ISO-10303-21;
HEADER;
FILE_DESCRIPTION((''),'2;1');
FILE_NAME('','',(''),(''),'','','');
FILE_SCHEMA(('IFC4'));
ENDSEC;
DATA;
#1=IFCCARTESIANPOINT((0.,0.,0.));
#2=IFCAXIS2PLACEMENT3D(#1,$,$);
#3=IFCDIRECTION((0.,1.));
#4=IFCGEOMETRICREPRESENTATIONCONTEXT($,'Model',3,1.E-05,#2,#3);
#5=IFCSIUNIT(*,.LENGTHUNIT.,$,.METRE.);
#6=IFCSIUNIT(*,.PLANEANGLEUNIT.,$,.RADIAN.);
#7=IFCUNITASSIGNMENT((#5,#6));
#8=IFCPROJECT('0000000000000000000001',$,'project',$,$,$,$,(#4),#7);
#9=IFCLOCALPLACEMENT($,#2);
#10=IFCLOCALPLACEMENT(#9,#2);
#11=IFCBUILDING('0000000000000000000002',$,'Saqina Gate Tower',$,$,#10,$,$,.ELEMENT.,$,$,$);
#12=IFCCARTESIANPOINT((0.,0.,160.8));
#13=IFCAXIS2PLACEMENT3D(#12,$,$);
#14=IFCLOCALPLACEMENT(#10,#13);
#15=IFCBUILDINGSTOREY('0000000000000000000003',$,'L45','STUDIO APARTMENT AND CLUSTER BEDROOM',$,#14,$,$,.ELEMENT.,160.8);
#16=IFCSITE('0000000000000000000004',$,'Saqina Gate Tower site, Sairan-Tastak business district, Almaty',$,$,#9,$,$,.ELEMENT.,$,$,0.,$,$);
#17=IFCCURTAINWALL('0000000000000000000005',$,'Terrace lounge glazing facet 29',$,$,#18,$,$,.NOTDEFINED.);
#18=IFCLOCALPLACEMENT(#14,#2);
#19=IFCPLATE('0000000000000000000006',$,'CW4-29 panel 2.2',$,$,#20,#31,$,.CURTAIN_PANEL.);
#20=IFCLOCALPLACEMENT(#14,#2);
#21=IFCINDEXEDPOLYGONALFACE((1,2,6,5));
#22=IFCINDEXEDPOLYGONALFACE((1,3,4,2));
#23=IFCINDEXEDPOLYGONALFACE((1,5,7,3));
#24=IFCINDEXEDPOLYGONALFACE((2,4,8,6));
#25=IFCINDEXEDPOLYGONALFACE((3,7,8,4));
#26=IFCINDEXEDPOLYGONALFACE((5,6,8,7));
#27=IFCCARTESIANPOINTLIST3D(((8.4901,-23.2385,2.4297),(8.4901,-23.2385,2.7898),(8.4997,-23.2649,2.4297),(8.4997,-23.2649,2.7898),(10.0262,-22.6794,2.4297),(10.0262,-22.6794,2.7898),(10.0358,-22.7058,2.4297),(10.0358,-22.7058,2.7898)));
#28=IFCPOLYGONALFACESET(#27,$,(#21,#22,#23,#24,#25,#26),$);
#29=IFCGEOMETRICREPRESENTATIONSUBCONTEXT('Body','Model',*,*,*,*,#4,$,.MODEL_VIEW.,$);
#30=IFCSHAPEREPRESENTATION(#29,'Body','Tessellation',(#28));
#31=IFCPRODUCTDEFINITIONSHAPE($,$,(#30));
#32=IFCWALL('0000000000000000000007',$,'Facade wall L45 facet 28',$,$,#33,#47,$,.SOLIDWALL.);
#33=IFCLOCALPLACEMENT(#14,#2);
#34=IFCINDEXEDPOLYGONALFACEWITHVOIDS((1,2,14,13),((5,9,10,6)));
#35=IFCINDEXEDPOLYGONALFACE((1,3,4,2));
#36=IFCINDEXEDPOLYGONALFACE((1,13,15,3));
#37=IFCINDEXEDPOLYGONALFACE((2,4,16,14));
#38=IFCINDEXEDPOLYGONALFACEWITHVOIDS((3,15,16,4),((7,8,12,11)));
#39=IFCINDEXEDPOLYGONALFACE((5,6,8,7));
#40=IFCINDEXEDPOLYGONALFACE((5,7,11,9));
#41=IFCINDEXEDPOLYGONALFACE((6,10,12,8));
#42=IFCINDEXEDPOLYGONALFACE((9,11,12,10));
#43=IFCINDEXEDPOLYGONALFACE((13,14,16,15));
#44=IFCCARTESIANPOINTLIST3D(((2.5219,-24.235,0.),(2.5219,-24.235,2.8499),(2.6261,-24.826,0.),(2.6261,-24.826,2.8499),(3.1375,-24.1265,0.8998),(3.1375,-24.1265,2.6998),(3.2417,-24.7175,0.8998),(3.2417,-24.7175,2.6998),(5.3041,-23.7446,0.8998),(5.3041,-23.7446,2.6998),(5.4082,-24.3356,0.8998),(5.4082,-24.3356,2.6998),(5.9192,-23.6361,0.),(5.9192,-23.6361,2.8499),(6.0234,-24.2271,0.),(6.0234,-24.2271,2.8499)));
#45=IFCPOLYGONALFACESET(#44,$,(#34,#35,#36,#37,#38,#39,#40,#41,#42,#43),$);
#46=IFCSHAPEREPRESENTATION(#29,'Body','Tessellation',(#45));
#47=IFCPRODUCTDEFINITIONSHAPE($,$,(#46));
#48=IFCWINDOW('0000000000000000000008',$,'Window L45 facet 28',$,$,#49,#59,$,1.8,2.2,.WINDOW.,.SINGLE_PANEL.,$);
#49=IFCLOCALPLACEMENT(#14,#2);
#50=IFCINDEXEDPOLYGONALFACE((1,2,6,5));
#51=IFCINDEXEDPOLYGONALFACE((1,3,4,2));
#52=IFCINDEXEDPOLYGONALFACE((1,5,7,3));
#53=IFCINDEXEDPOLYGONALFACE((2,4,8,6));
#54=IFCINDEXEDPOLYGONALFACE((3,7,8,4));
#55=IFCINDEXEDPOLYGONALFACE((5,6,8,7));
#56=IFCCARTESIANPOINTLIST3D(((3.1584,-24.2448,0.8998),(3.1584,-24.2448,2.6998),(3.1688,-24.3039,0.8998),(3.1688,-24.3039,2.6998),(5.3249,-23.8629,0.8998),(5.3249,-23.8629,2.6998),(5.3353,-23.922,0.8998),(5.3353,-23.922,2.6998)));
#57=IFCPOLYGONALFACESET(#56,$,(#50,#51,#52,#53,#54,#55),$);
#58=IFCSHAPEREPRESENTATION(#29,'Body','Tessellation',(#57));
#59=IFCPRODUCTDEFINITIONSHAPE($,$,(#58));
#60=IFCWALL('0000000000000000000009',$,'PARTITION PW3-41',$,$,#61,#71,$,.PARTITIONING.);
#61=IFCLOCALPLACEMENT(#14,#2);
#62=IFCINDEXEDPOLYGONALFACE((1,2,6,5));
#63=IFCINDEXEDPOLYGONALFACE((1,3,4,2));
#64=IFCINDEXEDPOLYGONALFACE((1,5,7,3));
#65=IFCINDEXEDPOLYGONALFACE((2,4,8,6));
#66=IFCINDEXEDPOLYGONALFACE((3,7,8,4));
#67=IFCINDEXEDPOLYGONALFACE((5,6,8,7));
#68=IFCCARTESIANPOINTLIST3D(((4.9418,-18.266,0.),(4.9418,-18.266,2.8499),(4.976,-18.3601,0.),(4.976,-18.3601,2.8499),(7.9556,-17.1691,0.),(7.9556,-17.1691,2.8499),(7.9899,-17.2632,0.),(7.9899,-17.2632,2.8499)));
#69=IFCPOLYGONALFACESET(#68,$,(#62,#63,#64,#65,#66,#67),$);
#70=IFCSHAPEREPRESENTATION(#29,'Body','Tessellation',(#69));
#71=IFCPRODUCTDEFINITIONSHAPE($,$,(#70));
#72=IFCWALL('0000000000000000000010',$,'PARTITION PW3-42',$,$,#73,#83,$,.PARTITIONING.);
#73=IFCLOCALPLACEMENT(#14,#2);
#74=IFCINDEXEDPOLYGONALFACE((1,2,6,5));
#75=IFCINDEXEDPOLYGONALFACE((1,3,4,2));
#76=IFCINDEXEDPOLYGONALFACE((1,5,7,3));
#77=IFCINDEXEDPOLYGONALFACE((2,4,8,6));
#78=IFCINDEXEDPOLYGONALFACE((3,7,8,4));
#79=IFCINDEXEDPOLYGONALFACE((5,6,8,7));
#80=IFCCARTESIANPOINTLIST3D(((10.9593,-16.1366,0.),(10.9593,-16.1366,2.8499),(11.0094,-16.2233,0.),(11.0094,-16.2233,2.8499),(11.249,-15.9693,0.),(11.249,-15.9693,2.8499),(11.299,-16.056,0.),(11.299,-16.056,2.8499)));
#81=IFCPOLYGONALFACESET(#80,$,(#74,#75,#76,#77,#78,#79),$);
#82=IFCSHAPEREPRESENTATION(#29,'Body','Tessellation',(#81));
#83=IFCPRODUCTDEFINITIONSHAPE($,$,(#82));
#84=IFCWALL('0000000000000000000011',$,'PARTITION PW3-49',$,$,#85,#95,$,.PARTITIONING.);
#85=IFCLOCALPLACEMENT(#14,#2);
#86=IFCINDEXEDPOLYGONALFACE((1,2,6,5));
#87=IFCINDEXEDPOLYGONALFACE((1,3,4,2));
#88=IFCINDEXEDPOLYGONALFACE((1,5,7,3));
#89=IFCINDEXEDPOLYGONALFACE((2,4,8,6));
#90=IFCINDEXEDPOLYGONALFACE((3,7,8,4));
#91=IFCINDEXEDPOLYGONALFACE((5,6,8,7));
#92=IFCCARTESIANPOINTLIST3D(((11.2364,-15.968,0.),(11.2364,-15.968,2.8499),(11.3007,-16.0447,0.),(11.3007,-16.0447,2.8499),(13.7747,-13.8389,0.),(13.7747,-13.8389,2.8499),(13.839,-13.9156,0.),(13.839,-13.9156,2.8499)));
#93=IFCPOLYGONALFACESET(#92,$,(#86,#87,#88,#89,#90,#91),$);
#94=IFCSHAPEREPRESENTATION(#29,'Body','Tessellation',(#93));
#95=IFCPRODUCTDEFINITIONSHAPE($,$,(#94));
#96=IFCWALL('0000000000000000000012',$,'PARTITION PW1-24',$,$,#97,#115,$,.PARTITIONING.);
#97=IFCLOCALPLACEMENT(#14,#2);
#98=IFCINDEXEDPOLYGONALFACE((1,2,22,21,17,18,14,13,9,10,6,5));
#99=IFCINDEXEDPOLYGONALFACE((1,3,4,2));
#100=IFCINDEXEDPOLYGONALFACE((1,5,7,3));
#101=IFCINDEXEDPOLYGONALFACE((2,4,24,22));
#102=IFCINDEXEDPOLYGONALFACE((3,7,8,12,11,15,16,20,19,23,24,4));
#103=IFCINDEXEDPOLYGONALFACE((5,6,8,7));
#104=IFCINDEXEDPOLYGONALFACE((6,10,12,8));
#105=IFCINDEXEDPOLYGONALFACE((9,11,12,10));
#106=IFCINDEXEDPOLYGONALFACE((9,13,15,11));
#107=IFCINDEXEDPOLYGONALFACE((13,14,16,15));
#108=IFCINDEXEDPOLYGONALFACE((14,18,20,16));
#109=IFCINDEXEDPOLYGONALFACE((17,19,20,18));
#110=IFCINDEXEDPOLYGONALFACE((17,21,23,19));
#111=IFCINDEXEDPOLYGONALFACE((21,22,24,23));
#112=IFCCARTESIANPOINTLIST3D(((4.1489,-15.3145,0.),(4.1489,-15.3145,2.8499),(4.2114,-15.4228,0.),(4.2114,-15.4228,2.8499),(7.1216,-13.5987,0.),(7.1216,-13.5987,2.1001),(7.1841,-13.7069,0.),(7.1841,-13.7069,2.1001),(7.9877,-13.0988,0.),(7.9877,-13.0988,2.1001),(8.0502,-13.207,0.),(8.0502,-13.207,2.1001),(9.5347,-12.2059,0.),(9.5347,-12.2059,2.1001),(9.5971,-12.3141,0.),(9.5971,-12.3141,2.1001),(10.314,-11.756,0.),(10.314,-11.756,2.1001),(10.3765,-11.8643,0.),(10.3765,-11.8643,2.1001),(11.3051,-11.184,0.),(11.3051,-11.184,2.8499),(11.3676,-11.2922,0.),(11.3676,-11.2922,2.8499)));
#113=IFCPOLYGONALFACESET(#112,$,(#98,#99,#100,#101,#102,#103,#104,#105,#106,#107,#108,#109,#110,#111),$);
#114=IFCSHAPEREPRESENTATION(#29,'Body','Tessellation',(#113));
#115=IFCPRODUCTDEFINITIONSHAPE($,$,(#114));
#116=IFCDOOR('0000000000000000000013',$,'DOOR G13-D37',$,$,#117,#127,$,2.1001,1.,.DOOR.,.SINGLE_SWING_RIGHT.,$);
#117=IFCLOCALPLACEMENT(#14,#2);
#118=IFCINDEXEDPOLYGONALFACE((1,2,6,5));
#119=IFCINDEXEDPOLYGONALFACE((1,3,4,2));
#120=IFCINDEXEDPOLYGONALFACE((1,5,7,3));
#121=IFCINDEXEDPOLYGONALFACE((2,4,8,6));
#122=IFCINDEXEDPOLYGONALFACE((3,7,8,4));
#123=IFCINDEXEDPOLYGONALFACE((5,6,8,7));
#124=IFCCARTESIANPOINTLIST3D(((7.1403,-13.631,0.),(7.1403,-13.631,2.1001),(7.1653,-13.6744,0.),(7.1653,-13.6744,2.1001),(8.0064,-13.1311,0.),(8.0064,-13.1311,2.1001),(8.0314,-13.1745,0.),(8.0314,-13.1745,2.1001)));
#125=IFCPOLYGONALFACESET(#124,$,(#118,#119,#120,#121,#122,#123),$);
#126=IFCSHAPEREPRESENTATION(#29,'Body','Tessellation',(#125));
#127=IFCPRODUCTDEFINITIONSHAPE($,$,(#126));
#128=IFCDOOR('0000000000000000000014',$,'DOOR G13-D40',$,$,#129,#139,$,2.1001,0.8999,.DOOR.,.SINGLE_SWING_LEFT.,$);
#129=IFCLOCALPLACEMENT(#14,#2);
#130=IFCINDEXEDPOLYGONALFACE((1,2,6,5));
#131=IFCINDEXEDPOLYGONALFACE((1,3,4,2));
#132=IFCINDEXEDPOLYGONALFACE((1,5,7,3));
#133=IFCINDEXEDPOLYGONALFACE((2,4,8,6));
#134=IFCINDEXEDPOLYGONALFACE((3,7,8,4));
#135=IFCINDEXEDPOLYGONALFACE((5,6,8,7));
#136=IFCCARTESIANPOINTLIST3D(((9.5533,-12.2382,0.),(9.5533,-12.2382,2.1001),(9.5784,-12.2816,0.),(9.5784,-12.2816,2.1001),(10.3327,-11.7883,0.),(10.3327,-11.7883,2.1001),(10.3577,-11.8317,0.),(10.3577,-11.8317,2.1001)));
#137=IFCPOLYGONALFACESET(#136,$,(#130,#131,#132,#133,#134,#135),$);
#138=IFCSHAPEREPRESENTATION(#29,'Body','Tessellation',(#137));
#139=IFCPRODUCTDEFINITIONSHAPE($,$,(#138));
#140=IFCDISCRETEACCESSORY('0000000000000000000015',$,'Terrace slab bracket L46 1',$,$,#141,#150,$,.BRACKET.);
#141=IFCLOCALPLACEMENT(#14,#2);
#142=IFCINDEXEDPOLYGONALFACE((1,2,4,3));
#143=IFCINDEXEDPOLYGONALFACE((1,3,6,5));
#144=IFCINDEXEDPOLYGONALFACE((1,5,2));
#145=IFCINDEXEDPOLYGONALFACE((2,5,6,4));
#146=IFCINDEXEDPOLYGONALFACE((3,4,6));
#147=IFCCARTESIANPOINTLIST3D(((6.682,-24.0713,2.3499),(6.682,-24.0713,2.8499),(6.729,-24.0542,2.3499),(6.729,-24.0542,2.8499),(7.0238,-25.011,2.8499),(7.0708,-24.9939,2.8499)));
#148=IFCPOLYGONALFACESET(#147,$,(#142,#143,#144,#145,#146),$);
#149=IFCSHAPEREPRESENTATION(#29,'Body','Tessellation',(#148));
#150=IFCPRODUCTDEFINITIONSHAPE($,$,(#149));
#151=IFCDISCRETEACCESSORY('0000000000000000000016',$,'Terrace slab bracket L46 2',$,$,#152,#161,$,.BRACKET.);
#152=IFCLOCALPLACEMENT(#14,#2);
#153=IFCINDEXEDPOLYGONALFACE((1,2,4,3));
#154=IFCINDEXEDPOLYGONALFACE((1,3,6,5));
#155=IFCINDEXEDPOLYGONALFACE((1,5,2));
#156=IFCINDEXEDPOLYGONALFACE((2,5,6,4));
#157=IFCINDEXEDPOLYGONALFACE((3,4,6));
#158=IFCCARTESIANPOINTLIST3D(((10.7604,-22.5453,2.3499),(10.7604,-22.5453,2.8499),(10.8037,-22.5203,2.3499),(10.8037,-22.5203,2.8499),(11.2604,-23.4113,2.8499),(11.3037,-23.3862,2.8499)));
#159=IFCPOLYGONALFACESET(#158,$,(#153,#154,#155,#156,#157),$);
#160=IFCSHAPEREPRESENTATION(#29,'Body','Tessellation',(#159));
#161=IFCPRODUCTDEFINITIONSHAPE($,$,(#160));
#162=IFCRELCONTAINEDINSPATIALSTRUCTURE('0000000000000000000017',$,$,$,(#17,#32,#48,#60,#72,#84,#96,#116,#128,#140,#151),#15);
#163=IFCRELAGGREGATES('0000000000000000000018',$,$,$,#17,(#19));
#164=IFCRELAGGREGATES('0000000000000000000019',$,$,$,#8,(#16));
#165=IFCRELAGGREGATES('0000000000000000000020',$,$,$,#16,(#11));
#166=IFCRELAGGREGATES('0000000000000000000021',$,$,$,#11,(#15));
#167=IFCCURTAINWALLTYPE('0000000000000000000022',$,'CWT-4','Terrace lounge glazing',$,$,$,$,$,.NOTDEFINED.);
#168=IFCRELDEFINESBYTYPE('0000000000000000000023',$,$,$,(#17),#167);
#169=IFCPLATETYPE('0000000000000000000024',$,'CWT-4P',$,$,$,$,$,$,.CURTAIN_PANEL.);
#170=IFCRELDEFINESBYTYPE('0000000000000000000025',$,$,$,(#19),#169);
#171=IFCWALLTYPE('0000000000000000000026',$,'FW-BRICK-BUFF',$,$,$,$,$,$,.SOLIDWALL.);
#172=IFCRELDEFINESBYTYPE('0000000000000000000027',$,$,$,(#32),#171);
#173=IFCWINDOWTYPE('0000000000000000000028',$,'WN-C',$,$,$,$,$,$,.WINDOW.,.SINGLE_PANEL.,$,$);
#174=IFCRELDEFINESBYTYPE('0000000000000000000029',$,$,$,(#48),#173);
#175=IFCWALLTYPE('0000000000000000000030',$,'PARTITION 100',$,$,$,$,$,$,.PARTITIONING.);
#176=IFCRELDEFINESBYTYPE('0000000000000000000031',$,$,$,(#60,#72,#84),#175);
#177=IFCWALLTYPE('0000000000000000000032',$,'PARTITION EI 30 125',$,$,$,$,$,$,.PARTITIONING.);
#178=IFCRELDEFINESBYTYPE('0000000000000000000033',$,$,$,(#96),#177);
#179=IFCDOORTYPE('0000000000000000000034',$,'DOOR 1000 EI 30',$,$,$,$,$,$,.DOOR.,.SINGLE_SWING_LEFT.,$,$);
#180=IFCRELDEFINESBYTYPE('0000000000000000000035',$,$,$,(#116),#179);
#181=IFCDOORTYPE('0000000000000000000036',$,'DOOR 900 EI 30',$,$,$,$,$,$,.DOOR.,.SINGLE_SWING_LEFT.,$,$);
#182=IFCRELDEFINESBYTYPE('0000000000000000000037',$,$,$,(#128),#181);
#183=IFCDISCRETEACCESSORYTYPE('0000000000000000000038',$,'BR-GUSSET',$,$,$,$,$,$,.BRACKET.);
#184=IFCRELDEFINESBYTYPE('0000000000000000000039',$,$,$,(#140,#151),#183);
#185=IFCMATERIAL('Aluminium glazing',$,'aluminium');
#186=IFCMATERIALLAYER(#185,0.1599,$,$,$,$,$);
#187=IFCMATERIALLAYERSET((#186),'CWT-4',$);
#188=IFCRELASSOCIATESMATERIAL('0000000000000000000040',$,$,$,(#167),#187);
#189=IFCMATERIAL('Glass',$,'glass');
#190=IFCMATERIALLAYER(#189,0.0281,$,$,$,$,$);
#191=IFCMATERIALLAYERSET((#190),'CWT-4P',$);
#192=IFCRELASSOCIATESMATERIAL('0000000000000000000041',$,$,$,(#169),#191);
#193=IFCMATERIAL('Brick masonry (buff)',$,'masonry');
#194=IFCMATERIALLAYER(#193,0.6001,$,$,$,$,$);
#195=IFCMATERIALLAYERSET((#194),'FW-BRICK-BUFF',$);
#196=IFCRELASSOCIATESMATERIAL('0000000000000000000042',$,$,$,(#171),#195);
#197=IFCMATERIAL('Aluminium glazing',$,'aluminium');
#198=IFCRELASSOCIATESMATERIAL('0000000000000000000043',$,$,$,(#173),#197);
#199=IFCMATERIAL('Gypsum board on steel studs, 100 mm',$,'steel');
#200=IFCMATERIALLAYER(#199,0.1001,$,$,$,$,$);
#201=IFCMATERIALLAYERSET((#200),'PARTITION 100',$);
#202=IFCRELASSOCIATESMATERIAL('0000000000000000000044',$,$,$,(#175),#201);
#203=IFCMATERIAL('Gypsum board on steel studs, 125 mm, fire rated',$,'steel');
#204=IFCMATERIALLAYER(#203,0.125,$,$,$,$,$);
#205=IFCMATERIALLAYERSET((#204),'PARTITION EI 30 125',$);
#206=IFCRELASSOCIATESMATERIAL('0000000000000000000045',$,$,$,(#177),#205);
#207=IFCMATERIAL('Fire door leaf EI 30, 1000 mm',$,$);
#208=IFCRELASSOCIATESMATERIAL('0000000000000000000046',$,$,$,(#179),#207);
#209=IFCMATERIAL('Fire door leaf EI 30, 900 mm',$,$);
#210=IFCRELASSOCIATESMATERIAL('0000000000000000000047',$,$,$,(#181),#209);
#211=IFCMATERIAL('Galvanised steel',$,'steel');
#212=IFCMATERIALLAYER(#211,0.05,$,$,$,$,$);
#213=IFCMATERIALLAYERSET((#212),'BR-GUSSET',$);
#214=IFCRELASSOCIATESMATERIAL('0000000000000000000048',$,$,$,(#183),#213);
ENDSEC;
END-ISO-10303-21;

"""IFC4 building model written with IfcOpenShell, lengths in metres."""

from ifc_helpers import new_model, si_unit, direction, frame, frame_2d, origin, origin_2d, place, context, subcontext, project, spatial, polyline, rectangle, outline, extrude, material, layer, layer_set, type_object, element, fill, aggregate, save


model = new_model("IFC4")

# Units and contexts
model_context = context("Model", 3, precision=1e-05, world=origin(), true_north=direction((0.0, 1.0)))
body_context = subcontext(model_context, "Body", "Model", "MODEL_VIEW")
ifc_project = project(units=[si_unit("LENGTHUNIT", "METRE"), si_unit("PLANEANGLEUNIT", "RADIAN")], contexts=[model_context])

# Site, building, storey
site_placement = place(None, origin())
site = spatial("IfcSite", under=ifc_project, at=site_placement, Name="Saqina Gate Tower site, Sairan-Tastak business district, Almaty", CompositionType="ELEMENT", RefElevation=0.0)
building_placement = place(site_placement, origin())
building = spatial("IfcBuilding", under=site, at=building_placement, Name="Saqina Gate Tower", CompositionType="ELEMENT")
storey_placement = place(building_placement, frame((0.0, 0.0, 160.8)))
storey = spatial("IfcBuildingStorey", under=building, at=storey_placement, Name="L45", Description="STUDIO APARTMENT AND CLUSTER BEDROOM", CompositionType="ELEMENT", Elevation=160.8)

# Curtain wall, plate
ifc_material_1 = material(Name="Aluminium glazing", Category="aluminium")
ifc_layer_1 = layer(ifc_material_1, 0.1599)
ifc_layer_set_1 = layer_set([ifc_layer_1], Name="CWT-4")
curtain_wall_type = type_object("IfcCurtainWallType", Name="CWT-4", Description="Terrace lounge glazing", PredefinedType="NOTDEFINED", material=ifc_layer_set_1)
curtain_wall_placement = place(storey_placement, origin())
curtain_wall = element("IfcCurtainWall", 1, at=curtain_wall_placement, inside=storey, type_object=curtain_wall_type, Name="Terrace lounge glazing facet 29", PredefinedType="NOTDEFINED")
ifc_material_2 = material(Name="Glass", Category="glass")
ifc_layer_2 = layer(ifc_material_2, 0.0281)
ifc_layer_set_2 = layer_set([ifc_layer_2], Name="CWT-4P")
plate_type = type_object("IfcPlateType", Name="CWT-4P", PredefinedType="CURTAIN_PANEL", material=ifc_layer_set_2)
plate_1_placement = place(storey_placement, frame((9.2629, -22.9722, 2.4297), z_axis=(0.0, 0.0, 1.0), x_axis=(0.939691, 0.342025, 0.0)))
plate_1 = element("IfcPlate", 2, at=plate_1_placement, type_object=plate_type, Name="CW4-29 panel 2.2", PredefinedType="CURTAIN_PANEL", context=body_context, shape_type="SweptSolid", body=[
    extrude(rectangle(XDim=1.6348, YDim=0.0281, at=origin_2d()), origin(), (0.0, 0.0, 1.0), 0.3601),
])
aggregate(curtain_wall, [plate_1])

# Wall, opening, window
ifc_material_3 = material(Name="Brick masonry (buff)", Category="masonry")
ifc_layer_3 = layer(ifc_material_3, 0.6001)
ifc_layer_set_3 = layer_set([ifc_layer_3], Name="FW-BRICK-BUFF")
wall_type_1 = type_object("IfcWallType", Name="FW-BRICK-BUFF", PredefinedType="SOLIDWALL", material=ifc_layer_set_3)
wall_1_placement = place(storey_placement, frame((2.574, -24.5305, 0.0), z_axis=(0.0, 0.0, 1.0), x_axis=(0.984815, 0.173608, 0.0)))
wall_1 = element("IfcWall", 3, at=wall_1_placement, inside=storey, type_object=wall_type_1, Name="Facade wall L45 facet 28", PredefinedType="SOLIDWALL", context=body_context, shape_type="SweptSolid", body=[
    extrude(rectangle(XDim=3.4497, YDim=0.6001, at=frame_2d((1.7249, 0.0))), origin(), (0.0, 0.0, 1.0), 2.8499),
])
opening_1_placement = place(wall_1_placement, frame((0.625, 0.0, 0.8999)))
opening_1 = element("IfcOpeningElement", 4, at=opening_1_placement, cuts=wall_1, PredefinedType="OPENING", context=body_context, shape_type="SweptSolid", body=[
    extrude(rectangle(XDim=2.2, YDim=1.8, at=frame_2d((1.1001, 0.8999))), frame((0.0, 0.312, 0.0), z_axis=(0.0, -1.0, 0.0), x_axis=(1.0, 0.0, 0.0)), (0.0, 0.0, 1.0), 0.624),
])
ifc_material_4 = material(Name="Aluminium glazing", Category="aluminium")
window_type = type_object("IfcWindowType", Name="WN-C", PartitioningType="SINGLE_PANEL", PredefinedType="WINDOW", material=ifc_material_4)
window_placement = place(opening_1_placement, origin())
window = element("IfcWindow", 5, at=window_placement, inside=storey, type_object=window_type, Name="Window L45 facet 28", OverallHeight=1.8, OverallWidth=2.2, PartitioningType="SINGLE_PANEL", PredefinedType="WINDOW", context=body_context, shape_type="SweptSolid", body=[
    extrude(rectangle(XDim=2.2, YDim=1.8, at=frame_2d((1.1001, 0.8999))), frame((0.0, 0.1799, 0.0), z_axis=(0.0, -1.0, 0.0), x_axis=(1.0, 0.0, 0.0)), (0.0, 0.0, 1.0), 0.0601),
])
fill(opening_1, window)

# Walls
ifc_material_5 = material(Name="Gypsum board on steel studs, 100 mm", Category="steel")
ifc_layer_4 = layer(ifc_material_5, 0.1001)
ifc_layer_set_4 = layer_set([ifc_layer_4], Name="PARTITION 100")
wall_type_2 = type_object("IfcWallType", Name="PARTITION 100", PredefinedType="PARTITIONING", material=ifc_layer_set_4)
wall_2_placement = place(storey_placement, frame((4.959, -18.313, 0.0), z_axis=(0.0, 0.0, 1.0), x_axis=(0.939698, 0.342006, 0.0)))
element("IfcWall", 6, at=wall_2_placement, inside=storey, type_object=wall_type_2, Name="PARTITION PW3-41", PredefinedType="PARTITIONING", context=body_context, shape_type="SweptSolid", body=[
    extrude(rectangle(XDim=3.2073, YDim=0.1001, at=frame_2d((1.6035, 0.0))), origin(), (0.0, 0.0, 1.0), 2.8499),
])
wall_3_placement = place(storey_placement, frame((10.9844, -16.1799, 0.0), z_axis=(0.0, 0.0, 1.0), x_axis=(0.865942, 0.500144, 0.0)))
element("IfcWall", 7, at=wall_3_placement, inside=storey, type_object=wall_type_2, Name="PARTITION PW3-42", PredefinedType="PARTITIONING", context=body_context, shape_type="SweptSolid", body=[
    extrude(rectangle(XDim=0.3345, YDim=0.1001, at=frame_2d((0.1672, 0.0))), origin(), (0.0, 0.0, 1.0), 2.8499),
])
wall_4_placement = place(storey_placement, frame((11.2686, -16.0063, 0.0), z_axis=(0.0, 0.0, 1.0), x_axis=(0.766158, 0.642653, 0.0)))
element("IfcWall", 8, at=wall_4_placement, inside=storey, type_object=wall_type_2, Name="PARTITION PW3-49", PredefinedType="PARTITIONING", context=body_context, shape_type="SweptSolid", body=[
    extrude(rectangle(XDim=3.313, YDim=0.1001, at=frame_2d((1.6565, 0.0))), origin(), (0.0, 0.0, 1.0), 2.8499),
])

# Wall, openings, doors
ifc_material_6 = material(Name="Gypsum board on steel studs, 125 mm, fire rated", Category="steel")
ifc_layer_5 = layer(ifc_material_6, 0.125)
ifc_layer_set_5 = layer_set([ifc_layer_5], Name="PARTITION EI 30 125")
wall_type_3 = type_object("IfcWallType", Name="PARTITION EI 30 125", PredefinedType="PARTITIONING", material=ifc_layer_set_5)
wall_5_placement = place(storey_placement, frame((4.1802, -15.3687, 0.0), z_axis=(0.0, 0.0, 1.0), x_axis=(0.86608, 0.499905, 0.0)))
wall_5 = element("IfcWall", 9, at=wall_5_placement, inside=storey, type_object=wall_type_3, Name="PARTITION PW1-24", PredefinedType="PARTITIONING", context=body_context, shape_type="SweptSolid", body=[
    extrude(rectangle(XDim=8.2627, YDim=0.125, at=frame_2d((4.1313, 0.0))), origin(), (0.0, 0.0, 1.0), 2.8499),
])
opening_2_placement = place(wall_5_placement, frame((3.4324, 0.0, 0.0)))
opening_2 = element("IfcOpeningElement", 10, at=opening_2_placement, cuts=wall_5, PredefinedType="OPENING", context=body_context, shape_type="SweptSolid", body=[
    extrude(rectangle(XDim=1.0, YDim=2.1001, at=frame_2d((0.5, 1.05))), frame((0.0, 0.0745, 0.0), z_axis=(0.0, -1.0, 0.0), x_axis=(1.0, 0.0, 0.0)), (0.0, 0.0, 1.0), 0.1489),
])
opening_3_placement = place(wall_5_placement, frame((6.2185, 0.0, 0.0)))
opening_3 = element("IfcOpeningElement", 11, at=opening_3_placement, cuts=wall_5, PredefinedType="OPENING", context=body_context, shape_type="SweptSolid", body=[
    extrude(rectangle(XDim=0.8999, YDim=2.1001, at=frame_2d((0.45, 1.05))), frame((0.0, 0.0745, 0.0), z_axis=(0.0, -1.0, 0.0), x_axis=(1.0, 0.0, 0.0)), (0.0, 0.0, 1.0), 0.1489),
])
ifc_material_7 = material(Name="Fire door leaf EI 30, 1000 mm")
door_type_1 = type_object("IfcDoorType", Name="DOOR 1000 EI 30", OperationType="SINGLE_SWING_LEFT", PredefinedType="DOOR", material=ifc_material_7)
door_1_placement = place(opening_2_placement, frame((1.0, 0.0, 0.0), z_axis=(0.0, 0.0, 1.0), x_axis=(-1.0, 0.0, 0.0)))
door_1 = element("IfcDoor", 12, at=door_1_placement, inside=storey, type_object=door_type_1, Name="DOOR G13-D37", OperationType="SINGLE_SWING_RIGHT", OverallHeight=2.1001, OverallWidth=1.0, PredefinedType="DOOR", context=body_context, shape_type="SweptSolid", body=[
    extrude(rectangle(XDim=1.0, YDim=2.1001, at=frame_2d((0.5, 1.05))), frame((0.0, 0.0249, 0.0), z_axis=(0.0, -1.0, 0.0), x_axis=(1.0, 0.0, 0.0)), (0.0, 0.0, 1.0), 0.05),
])
fill(opening_2, door_1)
ifc_material_8 = material(Name="Fire door leaf EI 30, 900 mm")
door_type_2 = type_object("IfcDoorType", Name="DOOR 900 EI 30", OperationType="SINGLE_SWING_LEFT", PredefinedType="DOOR", material=ifc_material_8)
door_2_placement = place(opening_3_placement, frame((0.8999, 0.0, 0.0), z_axis=(0.0, 0.0, 1.0), x_axis=(-1.0, 0.0, 0.0)))
door_2 = element("IfcDoor", 13, at=door_2_placement, inside=storey, type_object=door_type_2, Name="DOOR G13-D40", OperationType="SINGLE_SWING_LEFT", OverallHeight=2.1001, OverallWidth=0.8999, PredefinedType="DOOR", context=body_context, shape_type="SweptSolid", body=[
    extrude(rectangle(XDim=0.8999, YDim=2.1001, at=frame_2d((0.45, 1.05))), frame((0.0, 0.0249, 0.0), z_axis=(0.0, -1.0, 0.0), x_axis=(1.0, 0.0, 0.0)), (0.0, 0.0, 1.0), 0.05),
])
fill(opening_3, door_2)

# Discrete accessories
ifc_material_9 = material(Name="Galvanised steel", Category="steel")
ifc_layer_6 = layer(ifc_material_9, 0.05)
ifc_layer_set_6 = layer_set([ifc_layer_6], Name="BR-GUSSET")
discrete_accessory_type = type_object("IfcDiscreteAccessoryType", Name="BR-GUSSET", PredefinedType="BRACKET", material=ifc_layer_set_6)
discrete_accessory_1_placement = place(storey_placement, frame((6.729, -24.0542, 2.3499), z_axis=(0.939765, 0.341821, 0.0), x_axis=(0.0, 0.0, 1.0)))
element("IfcDiscreteAccessory", 14, at=discrete_accessory_1_placement, inside=storey, type_object=discrete_accessory_type, Name="Terrace slab bracket L46 1", PredefinedType="BRACKET", context=body_context, shape_type="SweptSolid", body=[
    extrude(outline(polyline([(0.0, 0.0), (0.5, 0.0), (0.5, 0.9999), (0.0, 0.0)])), origin(), (0.0, 0.0, -1.0), 0.05),
])
discrete_accessory_2_placement = place(storey_placement, frame((10.8037, -22.5203, 2.3499), z_axis=(0.866011, 0.500025, 0.0), x_axis=(0.0, 0.0, 1.0)))
element("IfcDiscreteAccessory", 15, at=discrete_accessory_2_placement, inside=storey, type_object=discrete_accessory_type, Name="Terrace slab bracket L46 2", PredefinedType="BRACKET", context=body_context, shape_type="SweptSolid", body=[
    extrude(outline(polyline([(0.0, 0.0), (0.5, 0.0), (0.5, 0.9999), (0.0, 0.0)])), origin(), (0.0, 0.0, -1.0), 0.05),
])

save(model, "model.ifc")
